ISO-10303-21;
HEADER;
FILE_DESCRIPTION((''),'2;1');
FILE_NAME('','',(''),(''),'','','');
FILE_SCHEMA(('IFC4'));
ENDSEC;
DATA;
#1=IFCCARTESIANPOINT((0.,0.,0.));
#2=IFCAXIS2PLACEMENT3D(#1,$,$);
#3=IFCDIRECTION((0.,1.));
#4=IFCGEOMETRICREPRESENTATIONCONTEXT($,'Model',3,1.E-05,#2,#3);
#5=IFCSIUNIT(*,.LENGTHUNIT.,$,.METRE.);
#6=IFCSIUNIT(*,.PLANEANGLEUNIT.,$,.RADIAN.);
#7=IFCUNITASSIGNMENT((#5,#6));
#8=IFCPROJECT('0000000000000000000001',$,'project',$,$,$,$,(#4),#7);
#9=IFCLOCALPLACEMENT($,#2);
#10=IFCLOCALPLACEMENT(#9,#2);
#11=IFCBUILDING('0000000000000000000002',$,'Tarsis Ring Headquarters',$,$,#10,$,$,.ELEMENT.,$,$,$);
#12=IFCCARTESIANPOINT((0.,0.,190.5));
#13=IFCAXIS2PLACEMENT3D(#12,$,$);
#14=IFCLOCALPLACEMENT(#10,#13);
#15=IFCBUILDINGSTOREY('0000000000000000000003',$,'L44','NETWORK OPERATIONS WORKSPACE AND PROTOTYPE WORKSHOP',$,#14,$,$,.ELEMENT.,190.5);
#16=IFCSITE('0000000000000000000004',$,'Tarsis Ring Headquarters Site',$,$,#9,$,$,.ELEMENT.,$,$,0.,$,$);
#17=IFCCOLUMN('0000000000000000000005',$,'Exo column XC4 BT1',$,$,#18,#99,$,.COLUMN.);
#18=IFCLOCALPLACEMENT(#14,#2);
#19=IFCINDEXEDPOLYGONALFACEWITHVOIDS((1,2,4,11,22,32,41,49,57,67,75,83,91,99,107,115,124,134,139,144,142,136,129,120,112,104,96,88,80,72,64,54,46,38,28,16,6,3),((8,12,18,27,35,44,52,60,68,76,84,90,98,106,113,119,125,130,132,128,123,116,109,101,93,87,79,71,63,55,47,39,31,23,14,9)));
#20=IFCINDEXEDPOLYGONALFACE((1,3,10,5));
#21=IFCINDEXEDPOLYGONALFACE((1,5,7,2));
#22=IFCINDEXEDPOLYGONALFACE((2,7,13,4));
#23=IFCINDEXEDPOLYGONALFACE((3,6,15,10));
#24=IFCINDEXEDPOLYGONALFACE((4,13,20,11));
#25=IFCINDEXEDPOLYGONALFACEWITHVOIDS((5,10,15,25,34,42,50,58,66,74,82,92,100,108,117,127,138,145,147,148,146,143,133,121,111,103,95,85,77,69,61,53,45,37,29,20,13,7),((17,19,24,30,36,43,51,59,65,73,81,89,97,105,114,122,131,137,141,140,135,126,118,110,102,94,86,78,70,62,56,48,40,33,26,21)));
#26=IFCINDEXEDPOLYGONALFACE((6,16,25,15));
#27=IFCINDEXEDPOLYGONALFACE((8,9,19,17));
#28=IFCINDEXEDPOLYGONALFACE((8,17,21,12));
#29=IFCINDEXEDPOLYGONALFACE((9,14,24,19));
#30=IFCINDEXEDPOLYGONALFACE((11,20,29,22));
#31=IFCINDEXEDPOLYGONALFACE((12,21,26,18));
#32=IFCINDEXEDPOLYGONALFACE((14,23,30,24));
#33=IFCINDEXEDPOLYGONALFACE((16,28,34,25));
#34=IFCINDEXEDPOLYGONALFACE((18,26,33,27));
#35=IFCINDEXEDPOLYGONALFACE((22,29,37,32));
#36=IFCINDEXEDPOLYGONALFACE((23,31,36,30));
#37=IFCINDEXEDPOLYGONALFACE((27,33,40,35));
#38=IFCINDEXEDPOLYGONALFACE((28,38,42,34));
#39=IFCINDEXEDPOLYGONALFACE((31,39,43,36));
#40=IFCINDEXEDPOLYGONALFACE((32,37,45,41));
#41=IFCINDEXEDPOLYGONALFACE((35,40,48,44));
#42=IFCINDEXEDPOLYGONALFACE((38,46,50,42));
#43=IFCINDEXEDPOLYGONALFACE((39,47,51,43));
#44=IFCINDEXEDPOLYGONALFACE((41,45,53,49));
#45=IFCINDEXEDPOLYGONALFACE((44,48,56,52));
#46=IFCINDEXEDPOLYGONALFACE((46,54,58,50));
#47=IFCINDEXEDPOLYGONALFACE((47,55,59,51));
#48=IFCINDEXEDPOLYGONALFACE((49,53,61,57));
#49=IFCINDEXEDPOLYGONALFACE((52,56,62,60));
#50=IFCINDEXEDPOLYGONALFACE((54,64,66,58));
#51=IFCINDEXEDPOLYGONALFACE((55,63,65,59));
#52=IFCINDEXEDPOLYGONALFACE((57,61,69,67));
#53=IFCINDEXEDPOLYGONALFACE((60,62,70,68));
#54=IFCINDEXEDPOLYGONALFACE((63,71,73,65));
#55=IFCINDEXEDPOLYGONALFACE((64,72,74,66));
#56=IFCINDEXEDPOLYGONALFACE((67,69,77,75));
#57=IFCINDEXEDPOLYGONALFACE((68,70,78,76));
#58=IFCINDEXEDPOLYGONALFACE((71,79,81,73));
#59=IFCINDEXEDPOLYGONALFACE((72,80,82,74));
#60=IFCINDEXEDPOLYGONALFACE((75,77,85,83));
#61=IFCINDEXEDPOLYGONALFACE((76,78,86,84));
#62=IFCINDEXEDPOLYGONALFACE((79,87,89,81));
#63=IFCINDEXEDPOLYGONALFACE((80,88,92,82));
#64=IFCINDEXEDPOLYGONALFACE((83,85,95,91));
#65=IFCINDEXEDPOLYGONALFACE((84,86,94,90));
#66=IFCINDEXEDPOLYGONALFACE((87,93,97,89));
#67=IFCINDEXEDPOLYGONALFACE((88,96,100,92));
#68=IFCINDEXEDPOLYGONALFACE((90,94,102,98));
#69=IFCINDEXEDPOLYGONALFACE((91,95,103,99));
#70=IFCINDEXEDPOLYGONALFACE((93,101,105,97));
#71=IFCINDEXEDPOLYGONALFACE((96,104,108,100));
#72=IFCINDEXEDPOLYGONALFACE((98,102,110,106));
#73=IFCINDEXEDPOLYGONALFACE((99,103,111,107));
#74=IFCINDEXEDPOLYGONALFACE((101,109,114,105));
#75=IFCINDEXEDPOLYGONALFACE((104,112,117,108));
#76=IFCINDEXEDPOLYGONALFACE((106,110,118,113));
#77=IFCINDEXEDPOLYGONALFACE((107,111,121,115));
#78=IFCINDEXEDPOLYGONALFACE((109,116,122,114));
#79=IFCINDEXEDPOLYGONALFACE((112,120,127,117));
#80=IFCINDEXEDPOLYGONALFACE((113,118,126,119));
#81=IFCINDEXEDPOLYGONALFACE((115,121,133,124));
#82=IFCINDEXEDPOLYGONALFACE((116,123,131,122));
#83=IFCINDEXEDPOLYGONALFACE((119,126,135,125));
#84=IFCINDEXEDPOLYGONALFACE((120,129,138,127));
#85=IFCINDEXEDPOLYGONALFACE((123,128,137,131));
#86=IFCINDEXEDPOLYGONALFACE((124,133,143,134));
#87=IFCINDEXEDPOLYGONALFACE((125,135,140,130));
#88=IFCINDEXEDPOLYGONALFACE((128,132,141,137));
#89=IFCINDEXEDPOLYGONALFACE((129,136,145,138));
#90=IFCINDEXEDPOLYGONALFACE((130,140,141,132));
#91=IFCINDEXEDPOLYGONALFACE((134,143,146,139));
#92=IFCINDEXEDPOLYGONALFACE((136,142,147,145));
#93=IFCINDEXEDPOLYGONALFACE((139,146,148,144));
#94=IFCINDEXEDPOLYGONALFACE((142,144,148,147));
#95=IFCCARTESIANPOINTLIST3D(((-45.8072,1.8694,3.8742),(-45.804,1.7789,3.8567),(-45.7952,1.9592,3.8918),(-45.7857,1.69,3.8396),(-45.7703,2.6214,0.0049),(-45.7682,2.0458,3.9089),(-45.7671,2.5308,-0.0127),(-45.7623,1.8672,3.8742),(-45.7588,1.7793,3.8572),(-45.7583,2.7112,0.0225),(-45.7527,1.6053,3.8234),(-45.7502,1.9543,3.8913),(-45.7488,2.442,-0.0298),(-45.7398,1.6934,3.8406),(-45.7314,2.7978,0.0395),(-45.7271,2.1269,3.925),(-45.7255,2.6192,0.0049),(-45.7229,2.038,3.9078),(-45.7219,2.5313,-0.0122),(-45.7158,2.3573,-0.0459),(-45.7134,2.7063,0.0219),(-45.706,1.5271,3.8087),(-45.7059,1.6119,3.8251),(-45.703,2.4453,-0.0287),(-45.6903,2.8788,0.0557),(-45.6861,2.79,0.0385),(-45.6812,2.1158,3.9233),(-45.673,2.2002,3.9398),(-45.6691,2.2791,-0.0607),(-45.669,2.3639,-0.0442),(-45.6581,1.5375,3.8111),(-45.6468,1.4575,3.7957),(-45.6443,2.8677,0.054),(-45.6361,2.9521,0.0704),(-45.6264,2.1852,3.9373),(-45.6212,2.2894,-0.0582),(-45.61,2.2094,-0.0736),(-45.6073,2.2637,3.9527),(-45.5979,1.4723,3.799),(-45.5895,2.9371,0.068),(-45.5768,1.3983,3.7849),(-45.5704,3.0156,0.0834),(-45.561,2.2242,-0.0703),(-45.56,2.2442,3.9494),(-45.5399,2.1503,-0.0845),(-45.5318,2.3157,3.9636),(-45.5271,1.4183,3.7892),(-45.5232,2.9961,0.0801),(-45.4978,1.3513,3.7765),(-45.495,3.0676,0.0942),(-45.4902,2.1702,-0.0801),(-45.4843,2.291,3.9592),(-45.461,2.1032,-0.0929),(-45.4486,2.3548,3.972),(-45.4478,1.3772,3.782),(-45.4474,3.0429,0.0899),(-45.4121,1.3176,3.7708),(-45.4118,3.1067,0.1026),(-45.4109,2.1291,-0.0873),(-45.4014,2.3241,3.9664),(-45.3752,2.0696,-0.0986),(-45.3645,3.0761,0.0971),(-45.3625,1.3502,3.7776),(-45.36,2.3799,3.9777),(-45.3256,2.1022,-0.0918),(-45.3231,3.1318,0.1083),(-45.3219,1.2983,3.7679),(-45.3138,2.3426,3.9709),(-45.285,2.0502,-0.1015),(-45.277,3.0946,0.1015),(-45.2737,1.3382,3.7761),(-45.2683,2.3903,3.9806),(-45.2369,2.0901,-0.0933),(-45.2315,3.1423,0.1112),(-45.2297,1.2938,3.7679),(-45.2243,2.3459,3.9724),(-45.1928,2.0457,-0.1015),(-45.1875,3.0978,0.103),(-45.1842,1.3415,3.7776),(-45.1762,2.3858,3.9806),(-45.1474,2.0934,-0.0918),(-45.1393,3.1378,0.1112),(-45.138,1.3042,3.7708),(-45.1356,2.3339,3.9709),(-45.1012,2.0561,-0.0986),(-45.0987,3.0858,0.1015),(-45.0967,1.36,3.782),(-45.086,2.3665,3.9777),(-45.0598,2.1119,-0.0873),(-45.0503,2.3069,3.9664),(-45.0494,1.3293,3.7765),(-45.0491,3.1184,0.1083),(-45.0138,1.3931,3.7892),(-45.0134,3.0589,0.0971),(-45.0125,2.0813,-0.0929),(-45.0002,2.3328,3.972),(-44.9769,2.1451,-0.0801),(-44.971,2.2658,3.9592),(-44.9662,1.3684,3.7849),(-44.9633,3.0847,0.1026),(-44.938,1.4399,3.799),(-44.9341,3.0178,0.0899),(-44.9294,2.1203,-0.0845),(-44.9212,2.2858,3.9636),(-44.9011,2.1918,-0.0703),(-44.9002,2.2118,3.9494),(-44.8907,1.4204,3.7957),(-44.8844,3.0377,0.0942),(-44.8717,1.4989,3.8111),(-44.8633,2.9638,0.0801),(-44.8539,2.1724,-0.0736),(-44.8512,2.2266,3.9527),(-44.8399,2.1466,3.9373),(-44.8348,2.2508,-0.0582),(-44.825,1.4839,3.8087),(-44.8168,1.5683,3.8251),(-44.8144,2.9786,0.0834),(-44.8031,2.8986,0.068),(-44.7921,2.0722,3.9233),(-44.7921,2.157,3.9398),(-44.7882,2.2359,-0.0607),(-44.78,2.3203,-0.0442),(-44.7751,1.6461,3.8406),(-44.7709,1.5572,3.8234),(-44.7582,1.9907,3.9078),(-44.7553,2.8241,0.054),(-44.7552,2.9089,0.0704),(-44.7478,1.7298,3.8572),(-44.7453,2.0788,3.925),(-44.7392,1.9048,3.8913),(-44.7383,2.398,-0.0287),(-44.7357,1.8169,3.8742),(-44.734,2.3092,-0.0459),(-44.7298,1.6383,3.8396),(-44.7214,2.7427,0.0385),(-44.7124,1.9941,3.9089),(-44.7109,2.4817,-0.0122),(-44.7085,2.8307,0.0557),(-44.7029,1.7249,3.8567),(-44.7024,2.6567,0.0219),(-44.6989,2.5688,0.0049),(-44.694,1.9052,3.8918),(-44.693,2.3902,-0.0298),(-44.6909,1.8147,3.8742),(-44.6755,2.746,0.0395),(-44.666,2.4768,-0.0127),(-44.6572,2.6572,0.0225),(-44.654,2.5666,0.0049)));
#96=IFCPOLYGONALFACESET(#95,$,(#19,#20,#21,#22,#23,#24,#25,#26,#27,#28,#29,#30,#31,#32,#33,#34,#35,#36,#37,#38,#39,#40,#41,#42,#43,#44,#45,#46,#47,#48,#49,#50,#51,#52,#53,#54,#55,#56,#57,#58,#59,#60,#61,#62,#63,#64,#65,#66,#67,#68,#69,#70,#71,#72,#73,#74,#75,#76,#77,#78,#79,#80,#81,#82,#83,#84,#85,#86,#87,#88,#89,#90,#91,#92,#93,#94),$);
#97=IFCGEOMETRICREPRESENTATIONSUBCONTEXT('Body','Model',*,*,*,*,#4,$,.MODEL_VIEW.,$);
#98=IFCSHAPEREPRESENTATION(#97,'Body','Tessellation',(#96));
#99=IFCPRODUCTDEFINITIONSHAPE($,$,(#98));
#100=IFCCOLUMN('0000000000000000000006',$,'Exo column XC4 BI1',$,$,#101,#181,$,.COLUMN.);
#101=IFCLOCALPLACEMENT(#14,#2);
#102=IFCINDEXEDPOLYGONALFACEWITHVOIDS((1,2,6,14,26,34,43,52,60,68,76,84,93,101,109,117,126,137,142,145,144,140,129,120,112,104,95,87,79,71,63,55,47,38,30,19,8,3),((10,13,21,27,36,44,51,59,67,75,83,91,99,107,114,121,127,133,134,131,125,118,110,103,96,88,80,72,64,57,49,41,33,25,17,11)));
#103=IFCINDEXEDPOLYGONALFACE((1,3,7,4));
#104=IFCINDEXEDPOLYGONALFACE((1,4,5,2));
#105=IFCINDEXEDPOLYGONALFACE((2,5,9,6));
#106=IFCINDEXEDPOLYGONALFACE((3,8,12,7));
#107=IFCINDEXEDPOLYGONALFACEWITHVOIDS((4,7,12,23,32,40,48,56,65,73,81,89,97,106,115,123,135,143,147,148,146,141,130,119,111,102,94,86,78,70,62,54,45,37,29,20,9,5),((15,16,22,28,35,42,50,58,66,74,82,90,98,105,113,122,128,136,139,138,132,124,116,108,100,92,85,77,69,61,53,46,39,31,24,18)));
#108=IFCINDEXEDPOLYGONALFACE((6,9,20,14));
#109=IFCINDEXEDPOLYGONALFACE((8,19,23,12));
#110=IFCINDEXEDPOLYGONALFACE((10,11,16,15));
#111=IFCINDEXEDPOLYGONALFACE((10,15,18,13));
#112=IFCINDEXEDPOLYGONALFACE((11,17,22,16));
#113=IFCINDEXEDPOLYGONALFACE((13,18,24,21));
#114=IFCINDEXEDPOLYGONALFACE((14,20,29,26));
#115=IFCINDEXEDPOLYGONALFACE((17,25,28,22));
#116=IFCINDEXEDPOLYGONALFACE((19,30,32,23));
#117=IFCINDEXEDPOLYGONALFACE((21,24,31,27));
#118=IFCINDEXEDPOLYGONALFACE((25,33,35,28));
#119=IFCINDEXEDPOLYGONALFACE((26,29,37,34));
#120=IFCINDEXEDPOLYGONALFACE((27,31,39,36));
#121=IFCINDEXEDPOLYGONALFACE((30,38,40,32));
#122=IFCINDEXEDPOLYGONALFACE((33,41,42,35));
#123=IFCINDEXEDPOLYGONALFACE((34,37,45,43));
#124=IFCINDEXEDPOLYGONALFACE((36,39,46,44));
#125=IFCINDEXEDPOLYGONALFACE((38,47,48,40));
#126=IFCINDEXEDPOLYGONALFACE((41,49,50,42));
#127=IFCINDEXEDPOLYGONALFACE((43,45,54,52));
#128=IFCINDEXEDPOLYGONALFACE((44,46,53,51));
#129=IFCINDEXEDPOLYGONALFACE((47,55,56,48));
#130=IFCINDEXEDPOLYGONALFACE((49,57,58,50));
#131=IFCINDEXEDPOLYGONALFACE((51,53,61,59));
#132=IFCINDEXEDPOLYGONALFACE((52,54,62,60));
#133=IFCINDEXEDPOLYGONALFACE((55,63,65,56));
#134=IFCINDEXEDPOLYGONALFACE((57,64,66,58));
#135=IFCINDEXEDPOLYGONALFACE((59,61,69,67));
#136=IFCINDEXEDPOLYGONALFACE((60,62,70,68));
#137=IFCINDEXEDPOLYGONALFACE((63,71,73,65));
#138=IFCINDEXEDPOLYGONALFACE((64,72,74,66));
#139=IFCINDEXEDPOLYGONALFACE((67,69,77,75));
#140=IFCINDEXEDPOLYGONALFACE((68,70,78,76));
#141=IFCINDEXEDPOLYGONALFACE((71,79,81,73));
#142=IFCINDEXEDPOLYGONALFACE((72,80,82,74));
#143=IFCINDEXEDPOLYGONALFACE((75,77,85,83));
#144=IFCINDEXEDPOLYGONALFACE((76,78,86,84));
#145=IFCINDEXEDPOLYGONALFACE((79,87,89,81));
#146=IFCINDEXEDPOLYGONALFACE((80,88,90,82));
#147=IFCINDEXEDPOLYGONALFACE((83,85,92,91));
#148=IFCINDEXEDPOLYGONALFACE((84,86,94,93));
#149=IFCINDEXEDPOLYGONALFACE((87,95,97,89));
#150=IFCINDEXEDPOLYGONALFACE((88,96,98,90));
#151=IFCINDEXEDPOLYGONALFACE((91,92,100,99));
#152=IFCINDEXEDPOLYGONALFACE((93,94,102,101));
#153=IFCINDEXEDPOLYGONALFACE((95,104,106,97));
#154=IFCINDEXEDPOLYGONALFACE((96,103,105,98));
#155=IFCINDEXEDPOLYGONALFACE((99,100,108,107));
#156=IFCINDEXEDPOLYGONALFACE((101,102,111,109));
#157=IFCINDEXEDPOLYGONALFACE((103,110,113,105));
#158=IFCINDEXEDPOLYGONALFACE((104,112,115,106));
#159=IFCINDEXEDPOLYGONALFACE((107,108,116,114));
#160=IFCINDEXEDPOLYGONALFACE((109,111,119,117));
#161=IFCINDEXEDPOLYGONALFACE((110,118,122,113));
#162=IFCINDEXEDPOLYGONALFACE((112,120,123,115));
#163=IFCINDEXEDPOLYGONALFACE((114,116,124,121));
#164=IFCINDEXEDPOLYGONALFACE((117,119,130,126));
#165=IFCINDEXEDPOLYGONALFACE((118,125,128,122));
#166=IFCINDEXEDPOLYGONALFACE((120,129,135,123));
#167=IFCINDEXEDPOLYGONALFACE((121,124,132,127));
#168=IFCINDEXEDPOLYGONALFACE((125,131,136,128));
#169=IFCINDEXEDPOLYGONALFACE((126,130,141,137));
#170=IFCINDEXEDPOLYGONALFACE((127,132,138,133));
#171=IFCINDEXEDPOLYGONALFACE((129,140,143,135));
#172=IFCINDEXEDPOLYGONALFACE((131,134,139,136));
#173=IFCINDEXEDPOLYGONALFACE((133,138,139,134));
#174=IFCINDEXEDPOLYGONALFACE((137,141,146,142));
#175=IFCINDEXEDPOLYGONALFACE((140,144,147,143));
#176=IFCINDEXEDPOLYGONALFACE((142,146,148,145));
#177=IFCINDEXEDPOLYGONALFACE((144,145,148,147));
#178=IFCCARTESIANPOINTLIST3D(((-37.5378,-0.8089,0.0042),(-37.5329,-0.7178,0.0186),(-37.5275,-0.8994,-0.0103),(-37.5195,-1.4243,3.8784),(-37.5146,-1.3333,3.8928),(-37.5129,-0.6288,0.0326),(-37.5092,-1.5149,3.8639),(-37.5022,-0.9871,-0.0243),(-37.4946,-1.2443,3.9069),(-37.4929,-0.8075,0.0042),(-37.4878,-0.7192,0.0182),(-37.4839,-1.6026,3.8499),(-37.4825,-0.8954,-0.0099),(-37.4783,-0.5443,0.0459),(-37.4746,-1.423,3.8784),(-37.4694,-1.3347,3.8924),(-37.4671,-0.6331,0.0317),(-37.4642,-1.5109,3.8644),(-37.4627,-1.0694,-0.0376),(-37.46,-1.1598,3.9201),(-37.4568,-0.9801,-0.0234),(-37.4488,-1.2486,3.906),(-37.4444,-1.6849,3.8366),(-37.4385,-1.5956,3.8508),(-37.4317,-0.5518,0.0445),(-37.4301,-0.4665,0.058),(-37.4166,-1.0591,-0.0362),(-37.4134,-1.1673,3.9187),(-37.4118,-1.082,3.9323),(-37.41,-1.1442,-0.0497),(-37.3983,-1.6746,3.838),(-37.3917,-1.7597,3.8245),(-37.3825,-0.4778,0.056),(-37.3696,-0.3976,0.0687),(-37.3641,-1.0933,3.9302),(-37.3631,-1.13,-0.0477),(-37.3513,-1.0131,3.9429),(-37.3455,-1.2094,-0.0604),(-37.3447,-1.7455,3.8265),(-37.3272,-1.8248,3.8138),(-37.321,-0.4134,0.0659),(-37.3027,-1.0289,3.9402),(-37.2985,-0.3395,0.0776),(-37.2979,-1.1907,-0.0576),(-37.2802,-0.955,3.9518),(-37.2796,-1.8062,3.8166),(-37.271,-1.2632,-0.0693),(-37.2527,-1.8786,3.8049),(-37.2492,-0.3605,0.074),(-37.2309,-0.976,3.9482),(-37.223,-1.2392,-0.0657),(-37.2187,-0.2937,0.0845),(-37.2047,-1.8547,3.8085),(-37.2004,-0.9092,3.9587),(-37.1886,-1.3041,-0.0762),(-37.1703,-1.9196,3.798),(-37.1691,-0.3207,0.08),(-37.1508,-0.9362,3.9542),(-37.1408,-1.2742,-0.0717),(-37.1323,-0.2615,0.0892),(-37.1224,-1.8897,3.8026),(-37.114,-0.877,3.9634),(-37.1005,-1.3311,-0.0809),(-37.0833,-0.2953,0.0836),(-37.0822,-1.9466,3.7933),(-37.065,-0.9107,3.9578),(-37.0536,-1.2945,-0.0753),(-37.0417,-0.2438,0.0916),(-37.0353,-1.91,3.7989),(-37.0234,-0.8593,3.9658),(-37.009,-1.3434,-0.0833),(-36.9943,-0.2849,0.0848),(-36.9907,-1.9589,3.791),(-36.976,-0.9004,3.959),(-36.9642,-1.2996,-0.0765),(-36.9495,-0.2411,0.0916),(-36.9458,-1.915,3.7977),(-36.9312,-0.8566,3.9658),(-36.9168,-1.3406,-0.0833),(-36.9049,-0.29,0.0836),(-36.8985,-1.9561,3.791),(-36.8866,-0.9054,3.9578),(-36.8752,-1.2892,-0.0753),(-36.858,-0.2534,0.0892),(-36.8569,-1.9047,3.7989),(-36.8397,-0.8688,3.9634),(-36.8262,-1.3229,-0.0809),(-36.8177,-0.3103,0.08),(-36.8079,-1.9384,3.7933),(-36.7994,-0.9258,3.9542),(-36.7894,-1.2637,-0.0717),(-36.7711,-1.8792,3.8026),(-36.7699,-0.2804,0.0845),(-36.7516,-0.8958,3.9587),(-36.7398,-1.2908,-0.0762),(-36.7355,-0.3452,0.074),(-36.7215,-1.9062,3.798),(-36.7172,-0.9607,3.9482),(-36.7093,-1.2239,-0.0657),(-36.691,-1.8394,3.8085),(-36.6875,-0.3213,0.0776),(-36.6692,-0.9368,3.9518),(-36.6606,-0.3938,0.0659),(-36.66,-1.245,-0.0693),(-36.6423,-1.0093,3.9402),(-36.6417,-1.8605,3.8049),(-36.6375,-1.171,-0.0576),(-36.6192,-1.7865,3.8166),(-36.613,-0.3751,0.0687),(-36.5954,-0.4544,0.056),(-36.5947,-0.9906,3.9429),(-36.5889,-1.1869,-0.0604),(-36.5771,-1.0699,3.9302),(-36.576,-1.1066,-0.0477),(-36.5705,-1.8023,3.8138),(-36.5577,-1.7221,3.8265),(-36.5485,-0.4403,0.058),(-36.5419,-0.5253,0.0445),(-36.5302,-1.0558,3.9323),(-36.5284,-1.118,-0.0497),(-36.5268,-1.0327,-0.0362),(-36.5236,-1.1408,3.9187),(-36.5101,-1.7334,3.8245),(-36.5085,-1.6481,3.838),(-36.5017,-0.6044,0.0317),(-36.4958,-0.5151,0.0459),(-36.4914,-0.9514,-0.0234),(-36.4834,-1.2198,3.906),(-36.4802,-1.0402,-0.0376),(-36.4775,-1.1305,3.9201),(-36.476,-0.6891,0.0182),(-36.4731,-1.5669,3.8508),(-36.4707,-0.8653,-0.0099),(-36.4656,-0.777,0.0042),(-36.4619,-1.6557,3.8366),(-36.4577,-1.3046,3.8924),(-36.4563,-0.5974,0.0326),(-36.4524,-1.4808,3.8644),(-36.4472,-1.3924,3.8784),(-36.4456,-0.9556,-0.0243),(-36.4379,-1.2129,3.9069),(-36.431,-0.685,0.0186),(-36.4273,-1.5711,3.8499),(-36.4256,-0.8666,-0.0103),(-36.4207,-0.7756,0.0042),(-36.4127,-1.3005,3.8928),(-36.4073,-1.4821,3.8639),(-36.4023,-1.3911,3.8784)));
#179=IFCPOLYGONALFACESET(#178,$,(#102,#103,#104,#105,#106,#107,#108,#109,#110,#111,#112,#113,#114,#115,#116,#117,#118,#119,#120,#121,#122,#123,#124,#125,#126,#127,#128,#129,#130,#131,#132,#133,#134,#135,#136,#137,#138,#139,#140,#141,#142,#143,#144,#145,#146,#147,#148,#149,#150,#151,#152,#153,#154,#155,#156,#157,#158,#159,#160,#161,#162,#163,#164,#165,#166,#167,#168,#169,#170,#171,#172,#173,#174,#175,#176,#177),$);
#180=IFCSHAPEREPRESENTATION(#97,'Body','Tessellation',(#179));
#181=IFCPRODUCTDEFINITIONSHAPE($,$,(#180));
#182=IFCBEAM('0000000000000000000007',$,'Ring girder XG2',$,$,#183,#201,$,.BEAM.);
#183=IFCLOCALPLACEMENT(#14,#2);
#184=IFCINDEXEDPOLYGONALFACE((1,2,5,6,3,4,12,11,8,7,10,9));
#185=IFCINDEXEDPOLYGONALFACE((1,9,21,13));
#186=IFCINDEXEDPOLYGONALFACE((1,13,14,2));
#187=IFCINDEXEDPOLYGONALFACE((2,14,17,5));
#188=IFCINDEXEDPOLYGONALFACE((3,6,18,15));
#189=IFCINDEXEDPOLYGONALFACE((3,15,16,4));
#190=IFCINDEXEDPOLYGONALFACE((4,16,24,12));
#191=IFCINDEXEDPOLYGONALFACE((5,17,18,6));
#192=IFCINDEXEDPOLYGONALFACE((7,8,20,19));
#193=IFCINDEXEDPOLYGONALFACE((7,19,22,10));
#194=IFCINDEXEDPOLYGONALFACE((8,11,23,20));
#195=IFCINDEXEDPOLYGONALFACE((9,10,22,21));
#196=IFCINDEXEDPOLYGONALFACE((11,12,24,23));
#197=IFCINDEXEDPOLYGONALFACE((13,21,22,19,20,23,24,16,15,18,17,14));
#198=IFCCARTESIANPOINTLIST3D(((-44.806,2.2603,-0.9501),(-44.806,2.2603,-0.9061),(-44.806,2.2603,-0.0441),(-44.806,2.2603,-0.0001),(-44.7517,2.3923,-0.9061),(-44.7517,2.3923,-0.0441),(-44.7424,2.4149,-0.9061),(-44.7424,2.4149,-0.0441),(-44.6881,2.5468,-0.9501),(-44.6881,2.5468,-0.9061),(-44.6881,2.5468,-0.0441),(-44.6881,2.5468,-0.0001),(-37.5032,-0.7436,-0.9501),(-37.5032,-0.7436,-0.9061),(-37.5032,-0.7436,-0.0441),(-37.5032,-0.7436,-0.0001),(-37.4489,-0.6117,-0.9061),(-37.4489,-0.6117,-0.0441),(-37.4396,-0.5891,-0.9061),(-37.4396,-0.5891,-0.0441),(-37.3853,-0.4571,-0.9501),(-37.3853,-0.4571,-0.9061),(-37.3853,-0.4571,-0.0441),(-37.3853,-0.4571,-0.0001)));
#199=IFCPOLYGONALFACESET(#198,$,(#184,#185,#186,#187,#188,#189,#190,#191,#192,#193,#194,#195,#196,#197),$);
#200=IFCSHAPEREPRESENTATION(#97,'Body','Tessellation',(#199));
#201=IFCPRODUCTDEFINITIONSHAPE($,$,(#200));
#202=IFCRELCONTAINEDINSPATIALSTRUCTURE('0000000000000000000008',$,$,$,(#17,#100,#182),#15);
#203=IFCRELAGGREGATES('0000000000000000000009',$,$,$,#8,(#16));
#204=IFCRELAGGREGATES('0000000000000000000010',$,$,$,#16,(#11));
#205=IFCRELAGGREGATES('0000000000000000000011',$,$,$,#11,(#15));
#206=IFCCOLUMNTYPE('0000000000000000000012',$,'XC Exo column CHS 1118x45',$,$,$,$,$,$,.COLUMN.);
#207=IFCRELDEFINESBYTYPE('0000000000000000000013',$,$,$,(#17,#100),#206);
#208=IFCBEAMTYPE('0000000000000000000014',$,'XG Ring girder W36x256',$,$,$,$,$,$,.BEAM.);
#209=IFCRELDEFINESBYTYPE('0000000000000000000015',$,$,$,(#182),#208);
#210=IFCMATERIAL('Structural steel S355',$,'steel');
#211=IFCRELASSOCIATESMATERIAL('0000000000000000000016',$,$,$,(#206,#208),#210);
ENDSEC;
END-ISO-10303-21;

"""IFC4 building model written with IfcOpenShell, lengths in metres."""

from ifc_helpers import new_model, si_unit, direction, frame, origin, origin_2d, place, context, subcontext, project, spatial, hollow_circle, i_section, extrude, material, material_profile, profile_set, type_object, element, save


model = new_model("IFC4")

# Units and contexts
model_context = context("Model", 3, precision=1e-05, world=origin(), true_north=direction((0.0, 1.0)))
body_context = subcontext(model_context, "Body", "Model", "MODEL_VIEW")
ifc_project = project(units=[si_unit("LENGTHUNIT", "METRE"), si_unit("PLANEANGLEUNIT", "RADIAN")], contexts=[model_context])

# Site, building, storey
site_placement = place(None, origin())
site = spatial("IfcSite", under=ifc_project, at=site_placement, Name="Tarsis Ring Headquarters Site", CompositionType="ELEMENT", RefElevation=0.0)
building_placement = place(site_placement, origin())
building = spatial("IfcBuilding", under=site, at=building_placement, Name="Tarsis Ring Headquarters", CompositionType="ELEMENT")
storey_placement = place(building_placement, frame((0.0, 0.0, 190.5)))
storey = spatial("IfcBuildingStorey", under=building, at=storey_placement, Name="L44", Description="NETWORK OPERATIONS WORKSPACE AND PROTOTYPE WORKSHOP", CompositionType="ELEMENT", Elevation=190.5)

# Columns
ifc_material_1 = material(Name="Structural steel S355", Category="steel")
ifc_material_profile_1 = material_profile(ifc_material_1, hollow_circle(Radius=0.5588, WallThickness=0.0449, at=origin_2d()), Name="CHS 1118x45")
ifc_profile_set_1 = profile_set([ifc_material_profile_1], Name="Structural steel S355")
column_type = type_object("IfcColumnType", Name="XC Exo column CHS 1118x45", PredefinedType="COLUMN", material=ifc_profile_set_1)
column_1_placement = place(storey_placement, frame((-45.2122, 2.594, 0.0049), z_axis=(-0.009352, -0.190757, 0.981593), x_axis=(0.9988, -0.048967, 0.0)))
element("IfcColumn", 1, at=column_1_placement, inside=storey, type_object=column_type, Name="Exo column XC4 BT1", PredefinedType="COLUMN", context=body_context, shape_type="SweptSolid", body=[
    extrude(hollow_circle(Radius=0.5588, WallThickness=0.0449, at=origin_2d()), origin(), (0.0, 0.0, 1.0), 3.9419),
])
column_2_placement = place(storey_placement, frame((-36.9792, -0.7922, 0.0042), z_axis=(0.004668, -0.156894, 0.987604), x_axis=(0.999558, 0.029737, 0.0)))
element("IfcColumn", 2, at=column_2_placement, inside=storey, type_object=column_type, Name="Exo column XC4 BI1", PredefinedType="COLUMN", context=body_context, shape_type="SweptSolid", body=[
    extrude(hollow_circle(Radius=0.5588, WallThickness=0.0449, at=origin_2d()), origin(), (0.0, 0.0, 1.0), 3.9229),
])

# Beam
ifc_material_profile_2 = material_profile(ifc_material_1, i_section(OverallWidth=0.3098, OverallDepth=0.95, WebThickness=0.0244, FlangeThickness=0.0439, at=origin_2d()), Name="W36x256")
ifc_profile_set_2 = profile_set([ifc_material_profile_2], Name="Structural steel S355")
beam_type = type_object("IfcBeamType", Name="XG Ring girder W36x256", PredefinedType="BEAM", material=ifc_profile_set_2)
beam_placement = place(storey_placement, frame((-44.7471, 2.4036, -0.4751), z_axis=(0.924816, -0.380414, 0.0), x_axis=(0.380414, 0.924816, 0.0)))
element("IfcBeam", 3, at=beam_placement, inside=storey, type_object=beam_type, Name="Ring girder XG2", PredefinedType="BEAM", context=body_context, shape_type="SweptSolid", body=[
    extrude(i_section(OverallWidth=0.3098, OverallDepth=0.95, WebThickness=0.0244, FlangeThickness=0.0439, at=origin_2d()), origin(), (0.0, 0.0, 1.0), 7.8965),
])

save(model, "model.ifc")
